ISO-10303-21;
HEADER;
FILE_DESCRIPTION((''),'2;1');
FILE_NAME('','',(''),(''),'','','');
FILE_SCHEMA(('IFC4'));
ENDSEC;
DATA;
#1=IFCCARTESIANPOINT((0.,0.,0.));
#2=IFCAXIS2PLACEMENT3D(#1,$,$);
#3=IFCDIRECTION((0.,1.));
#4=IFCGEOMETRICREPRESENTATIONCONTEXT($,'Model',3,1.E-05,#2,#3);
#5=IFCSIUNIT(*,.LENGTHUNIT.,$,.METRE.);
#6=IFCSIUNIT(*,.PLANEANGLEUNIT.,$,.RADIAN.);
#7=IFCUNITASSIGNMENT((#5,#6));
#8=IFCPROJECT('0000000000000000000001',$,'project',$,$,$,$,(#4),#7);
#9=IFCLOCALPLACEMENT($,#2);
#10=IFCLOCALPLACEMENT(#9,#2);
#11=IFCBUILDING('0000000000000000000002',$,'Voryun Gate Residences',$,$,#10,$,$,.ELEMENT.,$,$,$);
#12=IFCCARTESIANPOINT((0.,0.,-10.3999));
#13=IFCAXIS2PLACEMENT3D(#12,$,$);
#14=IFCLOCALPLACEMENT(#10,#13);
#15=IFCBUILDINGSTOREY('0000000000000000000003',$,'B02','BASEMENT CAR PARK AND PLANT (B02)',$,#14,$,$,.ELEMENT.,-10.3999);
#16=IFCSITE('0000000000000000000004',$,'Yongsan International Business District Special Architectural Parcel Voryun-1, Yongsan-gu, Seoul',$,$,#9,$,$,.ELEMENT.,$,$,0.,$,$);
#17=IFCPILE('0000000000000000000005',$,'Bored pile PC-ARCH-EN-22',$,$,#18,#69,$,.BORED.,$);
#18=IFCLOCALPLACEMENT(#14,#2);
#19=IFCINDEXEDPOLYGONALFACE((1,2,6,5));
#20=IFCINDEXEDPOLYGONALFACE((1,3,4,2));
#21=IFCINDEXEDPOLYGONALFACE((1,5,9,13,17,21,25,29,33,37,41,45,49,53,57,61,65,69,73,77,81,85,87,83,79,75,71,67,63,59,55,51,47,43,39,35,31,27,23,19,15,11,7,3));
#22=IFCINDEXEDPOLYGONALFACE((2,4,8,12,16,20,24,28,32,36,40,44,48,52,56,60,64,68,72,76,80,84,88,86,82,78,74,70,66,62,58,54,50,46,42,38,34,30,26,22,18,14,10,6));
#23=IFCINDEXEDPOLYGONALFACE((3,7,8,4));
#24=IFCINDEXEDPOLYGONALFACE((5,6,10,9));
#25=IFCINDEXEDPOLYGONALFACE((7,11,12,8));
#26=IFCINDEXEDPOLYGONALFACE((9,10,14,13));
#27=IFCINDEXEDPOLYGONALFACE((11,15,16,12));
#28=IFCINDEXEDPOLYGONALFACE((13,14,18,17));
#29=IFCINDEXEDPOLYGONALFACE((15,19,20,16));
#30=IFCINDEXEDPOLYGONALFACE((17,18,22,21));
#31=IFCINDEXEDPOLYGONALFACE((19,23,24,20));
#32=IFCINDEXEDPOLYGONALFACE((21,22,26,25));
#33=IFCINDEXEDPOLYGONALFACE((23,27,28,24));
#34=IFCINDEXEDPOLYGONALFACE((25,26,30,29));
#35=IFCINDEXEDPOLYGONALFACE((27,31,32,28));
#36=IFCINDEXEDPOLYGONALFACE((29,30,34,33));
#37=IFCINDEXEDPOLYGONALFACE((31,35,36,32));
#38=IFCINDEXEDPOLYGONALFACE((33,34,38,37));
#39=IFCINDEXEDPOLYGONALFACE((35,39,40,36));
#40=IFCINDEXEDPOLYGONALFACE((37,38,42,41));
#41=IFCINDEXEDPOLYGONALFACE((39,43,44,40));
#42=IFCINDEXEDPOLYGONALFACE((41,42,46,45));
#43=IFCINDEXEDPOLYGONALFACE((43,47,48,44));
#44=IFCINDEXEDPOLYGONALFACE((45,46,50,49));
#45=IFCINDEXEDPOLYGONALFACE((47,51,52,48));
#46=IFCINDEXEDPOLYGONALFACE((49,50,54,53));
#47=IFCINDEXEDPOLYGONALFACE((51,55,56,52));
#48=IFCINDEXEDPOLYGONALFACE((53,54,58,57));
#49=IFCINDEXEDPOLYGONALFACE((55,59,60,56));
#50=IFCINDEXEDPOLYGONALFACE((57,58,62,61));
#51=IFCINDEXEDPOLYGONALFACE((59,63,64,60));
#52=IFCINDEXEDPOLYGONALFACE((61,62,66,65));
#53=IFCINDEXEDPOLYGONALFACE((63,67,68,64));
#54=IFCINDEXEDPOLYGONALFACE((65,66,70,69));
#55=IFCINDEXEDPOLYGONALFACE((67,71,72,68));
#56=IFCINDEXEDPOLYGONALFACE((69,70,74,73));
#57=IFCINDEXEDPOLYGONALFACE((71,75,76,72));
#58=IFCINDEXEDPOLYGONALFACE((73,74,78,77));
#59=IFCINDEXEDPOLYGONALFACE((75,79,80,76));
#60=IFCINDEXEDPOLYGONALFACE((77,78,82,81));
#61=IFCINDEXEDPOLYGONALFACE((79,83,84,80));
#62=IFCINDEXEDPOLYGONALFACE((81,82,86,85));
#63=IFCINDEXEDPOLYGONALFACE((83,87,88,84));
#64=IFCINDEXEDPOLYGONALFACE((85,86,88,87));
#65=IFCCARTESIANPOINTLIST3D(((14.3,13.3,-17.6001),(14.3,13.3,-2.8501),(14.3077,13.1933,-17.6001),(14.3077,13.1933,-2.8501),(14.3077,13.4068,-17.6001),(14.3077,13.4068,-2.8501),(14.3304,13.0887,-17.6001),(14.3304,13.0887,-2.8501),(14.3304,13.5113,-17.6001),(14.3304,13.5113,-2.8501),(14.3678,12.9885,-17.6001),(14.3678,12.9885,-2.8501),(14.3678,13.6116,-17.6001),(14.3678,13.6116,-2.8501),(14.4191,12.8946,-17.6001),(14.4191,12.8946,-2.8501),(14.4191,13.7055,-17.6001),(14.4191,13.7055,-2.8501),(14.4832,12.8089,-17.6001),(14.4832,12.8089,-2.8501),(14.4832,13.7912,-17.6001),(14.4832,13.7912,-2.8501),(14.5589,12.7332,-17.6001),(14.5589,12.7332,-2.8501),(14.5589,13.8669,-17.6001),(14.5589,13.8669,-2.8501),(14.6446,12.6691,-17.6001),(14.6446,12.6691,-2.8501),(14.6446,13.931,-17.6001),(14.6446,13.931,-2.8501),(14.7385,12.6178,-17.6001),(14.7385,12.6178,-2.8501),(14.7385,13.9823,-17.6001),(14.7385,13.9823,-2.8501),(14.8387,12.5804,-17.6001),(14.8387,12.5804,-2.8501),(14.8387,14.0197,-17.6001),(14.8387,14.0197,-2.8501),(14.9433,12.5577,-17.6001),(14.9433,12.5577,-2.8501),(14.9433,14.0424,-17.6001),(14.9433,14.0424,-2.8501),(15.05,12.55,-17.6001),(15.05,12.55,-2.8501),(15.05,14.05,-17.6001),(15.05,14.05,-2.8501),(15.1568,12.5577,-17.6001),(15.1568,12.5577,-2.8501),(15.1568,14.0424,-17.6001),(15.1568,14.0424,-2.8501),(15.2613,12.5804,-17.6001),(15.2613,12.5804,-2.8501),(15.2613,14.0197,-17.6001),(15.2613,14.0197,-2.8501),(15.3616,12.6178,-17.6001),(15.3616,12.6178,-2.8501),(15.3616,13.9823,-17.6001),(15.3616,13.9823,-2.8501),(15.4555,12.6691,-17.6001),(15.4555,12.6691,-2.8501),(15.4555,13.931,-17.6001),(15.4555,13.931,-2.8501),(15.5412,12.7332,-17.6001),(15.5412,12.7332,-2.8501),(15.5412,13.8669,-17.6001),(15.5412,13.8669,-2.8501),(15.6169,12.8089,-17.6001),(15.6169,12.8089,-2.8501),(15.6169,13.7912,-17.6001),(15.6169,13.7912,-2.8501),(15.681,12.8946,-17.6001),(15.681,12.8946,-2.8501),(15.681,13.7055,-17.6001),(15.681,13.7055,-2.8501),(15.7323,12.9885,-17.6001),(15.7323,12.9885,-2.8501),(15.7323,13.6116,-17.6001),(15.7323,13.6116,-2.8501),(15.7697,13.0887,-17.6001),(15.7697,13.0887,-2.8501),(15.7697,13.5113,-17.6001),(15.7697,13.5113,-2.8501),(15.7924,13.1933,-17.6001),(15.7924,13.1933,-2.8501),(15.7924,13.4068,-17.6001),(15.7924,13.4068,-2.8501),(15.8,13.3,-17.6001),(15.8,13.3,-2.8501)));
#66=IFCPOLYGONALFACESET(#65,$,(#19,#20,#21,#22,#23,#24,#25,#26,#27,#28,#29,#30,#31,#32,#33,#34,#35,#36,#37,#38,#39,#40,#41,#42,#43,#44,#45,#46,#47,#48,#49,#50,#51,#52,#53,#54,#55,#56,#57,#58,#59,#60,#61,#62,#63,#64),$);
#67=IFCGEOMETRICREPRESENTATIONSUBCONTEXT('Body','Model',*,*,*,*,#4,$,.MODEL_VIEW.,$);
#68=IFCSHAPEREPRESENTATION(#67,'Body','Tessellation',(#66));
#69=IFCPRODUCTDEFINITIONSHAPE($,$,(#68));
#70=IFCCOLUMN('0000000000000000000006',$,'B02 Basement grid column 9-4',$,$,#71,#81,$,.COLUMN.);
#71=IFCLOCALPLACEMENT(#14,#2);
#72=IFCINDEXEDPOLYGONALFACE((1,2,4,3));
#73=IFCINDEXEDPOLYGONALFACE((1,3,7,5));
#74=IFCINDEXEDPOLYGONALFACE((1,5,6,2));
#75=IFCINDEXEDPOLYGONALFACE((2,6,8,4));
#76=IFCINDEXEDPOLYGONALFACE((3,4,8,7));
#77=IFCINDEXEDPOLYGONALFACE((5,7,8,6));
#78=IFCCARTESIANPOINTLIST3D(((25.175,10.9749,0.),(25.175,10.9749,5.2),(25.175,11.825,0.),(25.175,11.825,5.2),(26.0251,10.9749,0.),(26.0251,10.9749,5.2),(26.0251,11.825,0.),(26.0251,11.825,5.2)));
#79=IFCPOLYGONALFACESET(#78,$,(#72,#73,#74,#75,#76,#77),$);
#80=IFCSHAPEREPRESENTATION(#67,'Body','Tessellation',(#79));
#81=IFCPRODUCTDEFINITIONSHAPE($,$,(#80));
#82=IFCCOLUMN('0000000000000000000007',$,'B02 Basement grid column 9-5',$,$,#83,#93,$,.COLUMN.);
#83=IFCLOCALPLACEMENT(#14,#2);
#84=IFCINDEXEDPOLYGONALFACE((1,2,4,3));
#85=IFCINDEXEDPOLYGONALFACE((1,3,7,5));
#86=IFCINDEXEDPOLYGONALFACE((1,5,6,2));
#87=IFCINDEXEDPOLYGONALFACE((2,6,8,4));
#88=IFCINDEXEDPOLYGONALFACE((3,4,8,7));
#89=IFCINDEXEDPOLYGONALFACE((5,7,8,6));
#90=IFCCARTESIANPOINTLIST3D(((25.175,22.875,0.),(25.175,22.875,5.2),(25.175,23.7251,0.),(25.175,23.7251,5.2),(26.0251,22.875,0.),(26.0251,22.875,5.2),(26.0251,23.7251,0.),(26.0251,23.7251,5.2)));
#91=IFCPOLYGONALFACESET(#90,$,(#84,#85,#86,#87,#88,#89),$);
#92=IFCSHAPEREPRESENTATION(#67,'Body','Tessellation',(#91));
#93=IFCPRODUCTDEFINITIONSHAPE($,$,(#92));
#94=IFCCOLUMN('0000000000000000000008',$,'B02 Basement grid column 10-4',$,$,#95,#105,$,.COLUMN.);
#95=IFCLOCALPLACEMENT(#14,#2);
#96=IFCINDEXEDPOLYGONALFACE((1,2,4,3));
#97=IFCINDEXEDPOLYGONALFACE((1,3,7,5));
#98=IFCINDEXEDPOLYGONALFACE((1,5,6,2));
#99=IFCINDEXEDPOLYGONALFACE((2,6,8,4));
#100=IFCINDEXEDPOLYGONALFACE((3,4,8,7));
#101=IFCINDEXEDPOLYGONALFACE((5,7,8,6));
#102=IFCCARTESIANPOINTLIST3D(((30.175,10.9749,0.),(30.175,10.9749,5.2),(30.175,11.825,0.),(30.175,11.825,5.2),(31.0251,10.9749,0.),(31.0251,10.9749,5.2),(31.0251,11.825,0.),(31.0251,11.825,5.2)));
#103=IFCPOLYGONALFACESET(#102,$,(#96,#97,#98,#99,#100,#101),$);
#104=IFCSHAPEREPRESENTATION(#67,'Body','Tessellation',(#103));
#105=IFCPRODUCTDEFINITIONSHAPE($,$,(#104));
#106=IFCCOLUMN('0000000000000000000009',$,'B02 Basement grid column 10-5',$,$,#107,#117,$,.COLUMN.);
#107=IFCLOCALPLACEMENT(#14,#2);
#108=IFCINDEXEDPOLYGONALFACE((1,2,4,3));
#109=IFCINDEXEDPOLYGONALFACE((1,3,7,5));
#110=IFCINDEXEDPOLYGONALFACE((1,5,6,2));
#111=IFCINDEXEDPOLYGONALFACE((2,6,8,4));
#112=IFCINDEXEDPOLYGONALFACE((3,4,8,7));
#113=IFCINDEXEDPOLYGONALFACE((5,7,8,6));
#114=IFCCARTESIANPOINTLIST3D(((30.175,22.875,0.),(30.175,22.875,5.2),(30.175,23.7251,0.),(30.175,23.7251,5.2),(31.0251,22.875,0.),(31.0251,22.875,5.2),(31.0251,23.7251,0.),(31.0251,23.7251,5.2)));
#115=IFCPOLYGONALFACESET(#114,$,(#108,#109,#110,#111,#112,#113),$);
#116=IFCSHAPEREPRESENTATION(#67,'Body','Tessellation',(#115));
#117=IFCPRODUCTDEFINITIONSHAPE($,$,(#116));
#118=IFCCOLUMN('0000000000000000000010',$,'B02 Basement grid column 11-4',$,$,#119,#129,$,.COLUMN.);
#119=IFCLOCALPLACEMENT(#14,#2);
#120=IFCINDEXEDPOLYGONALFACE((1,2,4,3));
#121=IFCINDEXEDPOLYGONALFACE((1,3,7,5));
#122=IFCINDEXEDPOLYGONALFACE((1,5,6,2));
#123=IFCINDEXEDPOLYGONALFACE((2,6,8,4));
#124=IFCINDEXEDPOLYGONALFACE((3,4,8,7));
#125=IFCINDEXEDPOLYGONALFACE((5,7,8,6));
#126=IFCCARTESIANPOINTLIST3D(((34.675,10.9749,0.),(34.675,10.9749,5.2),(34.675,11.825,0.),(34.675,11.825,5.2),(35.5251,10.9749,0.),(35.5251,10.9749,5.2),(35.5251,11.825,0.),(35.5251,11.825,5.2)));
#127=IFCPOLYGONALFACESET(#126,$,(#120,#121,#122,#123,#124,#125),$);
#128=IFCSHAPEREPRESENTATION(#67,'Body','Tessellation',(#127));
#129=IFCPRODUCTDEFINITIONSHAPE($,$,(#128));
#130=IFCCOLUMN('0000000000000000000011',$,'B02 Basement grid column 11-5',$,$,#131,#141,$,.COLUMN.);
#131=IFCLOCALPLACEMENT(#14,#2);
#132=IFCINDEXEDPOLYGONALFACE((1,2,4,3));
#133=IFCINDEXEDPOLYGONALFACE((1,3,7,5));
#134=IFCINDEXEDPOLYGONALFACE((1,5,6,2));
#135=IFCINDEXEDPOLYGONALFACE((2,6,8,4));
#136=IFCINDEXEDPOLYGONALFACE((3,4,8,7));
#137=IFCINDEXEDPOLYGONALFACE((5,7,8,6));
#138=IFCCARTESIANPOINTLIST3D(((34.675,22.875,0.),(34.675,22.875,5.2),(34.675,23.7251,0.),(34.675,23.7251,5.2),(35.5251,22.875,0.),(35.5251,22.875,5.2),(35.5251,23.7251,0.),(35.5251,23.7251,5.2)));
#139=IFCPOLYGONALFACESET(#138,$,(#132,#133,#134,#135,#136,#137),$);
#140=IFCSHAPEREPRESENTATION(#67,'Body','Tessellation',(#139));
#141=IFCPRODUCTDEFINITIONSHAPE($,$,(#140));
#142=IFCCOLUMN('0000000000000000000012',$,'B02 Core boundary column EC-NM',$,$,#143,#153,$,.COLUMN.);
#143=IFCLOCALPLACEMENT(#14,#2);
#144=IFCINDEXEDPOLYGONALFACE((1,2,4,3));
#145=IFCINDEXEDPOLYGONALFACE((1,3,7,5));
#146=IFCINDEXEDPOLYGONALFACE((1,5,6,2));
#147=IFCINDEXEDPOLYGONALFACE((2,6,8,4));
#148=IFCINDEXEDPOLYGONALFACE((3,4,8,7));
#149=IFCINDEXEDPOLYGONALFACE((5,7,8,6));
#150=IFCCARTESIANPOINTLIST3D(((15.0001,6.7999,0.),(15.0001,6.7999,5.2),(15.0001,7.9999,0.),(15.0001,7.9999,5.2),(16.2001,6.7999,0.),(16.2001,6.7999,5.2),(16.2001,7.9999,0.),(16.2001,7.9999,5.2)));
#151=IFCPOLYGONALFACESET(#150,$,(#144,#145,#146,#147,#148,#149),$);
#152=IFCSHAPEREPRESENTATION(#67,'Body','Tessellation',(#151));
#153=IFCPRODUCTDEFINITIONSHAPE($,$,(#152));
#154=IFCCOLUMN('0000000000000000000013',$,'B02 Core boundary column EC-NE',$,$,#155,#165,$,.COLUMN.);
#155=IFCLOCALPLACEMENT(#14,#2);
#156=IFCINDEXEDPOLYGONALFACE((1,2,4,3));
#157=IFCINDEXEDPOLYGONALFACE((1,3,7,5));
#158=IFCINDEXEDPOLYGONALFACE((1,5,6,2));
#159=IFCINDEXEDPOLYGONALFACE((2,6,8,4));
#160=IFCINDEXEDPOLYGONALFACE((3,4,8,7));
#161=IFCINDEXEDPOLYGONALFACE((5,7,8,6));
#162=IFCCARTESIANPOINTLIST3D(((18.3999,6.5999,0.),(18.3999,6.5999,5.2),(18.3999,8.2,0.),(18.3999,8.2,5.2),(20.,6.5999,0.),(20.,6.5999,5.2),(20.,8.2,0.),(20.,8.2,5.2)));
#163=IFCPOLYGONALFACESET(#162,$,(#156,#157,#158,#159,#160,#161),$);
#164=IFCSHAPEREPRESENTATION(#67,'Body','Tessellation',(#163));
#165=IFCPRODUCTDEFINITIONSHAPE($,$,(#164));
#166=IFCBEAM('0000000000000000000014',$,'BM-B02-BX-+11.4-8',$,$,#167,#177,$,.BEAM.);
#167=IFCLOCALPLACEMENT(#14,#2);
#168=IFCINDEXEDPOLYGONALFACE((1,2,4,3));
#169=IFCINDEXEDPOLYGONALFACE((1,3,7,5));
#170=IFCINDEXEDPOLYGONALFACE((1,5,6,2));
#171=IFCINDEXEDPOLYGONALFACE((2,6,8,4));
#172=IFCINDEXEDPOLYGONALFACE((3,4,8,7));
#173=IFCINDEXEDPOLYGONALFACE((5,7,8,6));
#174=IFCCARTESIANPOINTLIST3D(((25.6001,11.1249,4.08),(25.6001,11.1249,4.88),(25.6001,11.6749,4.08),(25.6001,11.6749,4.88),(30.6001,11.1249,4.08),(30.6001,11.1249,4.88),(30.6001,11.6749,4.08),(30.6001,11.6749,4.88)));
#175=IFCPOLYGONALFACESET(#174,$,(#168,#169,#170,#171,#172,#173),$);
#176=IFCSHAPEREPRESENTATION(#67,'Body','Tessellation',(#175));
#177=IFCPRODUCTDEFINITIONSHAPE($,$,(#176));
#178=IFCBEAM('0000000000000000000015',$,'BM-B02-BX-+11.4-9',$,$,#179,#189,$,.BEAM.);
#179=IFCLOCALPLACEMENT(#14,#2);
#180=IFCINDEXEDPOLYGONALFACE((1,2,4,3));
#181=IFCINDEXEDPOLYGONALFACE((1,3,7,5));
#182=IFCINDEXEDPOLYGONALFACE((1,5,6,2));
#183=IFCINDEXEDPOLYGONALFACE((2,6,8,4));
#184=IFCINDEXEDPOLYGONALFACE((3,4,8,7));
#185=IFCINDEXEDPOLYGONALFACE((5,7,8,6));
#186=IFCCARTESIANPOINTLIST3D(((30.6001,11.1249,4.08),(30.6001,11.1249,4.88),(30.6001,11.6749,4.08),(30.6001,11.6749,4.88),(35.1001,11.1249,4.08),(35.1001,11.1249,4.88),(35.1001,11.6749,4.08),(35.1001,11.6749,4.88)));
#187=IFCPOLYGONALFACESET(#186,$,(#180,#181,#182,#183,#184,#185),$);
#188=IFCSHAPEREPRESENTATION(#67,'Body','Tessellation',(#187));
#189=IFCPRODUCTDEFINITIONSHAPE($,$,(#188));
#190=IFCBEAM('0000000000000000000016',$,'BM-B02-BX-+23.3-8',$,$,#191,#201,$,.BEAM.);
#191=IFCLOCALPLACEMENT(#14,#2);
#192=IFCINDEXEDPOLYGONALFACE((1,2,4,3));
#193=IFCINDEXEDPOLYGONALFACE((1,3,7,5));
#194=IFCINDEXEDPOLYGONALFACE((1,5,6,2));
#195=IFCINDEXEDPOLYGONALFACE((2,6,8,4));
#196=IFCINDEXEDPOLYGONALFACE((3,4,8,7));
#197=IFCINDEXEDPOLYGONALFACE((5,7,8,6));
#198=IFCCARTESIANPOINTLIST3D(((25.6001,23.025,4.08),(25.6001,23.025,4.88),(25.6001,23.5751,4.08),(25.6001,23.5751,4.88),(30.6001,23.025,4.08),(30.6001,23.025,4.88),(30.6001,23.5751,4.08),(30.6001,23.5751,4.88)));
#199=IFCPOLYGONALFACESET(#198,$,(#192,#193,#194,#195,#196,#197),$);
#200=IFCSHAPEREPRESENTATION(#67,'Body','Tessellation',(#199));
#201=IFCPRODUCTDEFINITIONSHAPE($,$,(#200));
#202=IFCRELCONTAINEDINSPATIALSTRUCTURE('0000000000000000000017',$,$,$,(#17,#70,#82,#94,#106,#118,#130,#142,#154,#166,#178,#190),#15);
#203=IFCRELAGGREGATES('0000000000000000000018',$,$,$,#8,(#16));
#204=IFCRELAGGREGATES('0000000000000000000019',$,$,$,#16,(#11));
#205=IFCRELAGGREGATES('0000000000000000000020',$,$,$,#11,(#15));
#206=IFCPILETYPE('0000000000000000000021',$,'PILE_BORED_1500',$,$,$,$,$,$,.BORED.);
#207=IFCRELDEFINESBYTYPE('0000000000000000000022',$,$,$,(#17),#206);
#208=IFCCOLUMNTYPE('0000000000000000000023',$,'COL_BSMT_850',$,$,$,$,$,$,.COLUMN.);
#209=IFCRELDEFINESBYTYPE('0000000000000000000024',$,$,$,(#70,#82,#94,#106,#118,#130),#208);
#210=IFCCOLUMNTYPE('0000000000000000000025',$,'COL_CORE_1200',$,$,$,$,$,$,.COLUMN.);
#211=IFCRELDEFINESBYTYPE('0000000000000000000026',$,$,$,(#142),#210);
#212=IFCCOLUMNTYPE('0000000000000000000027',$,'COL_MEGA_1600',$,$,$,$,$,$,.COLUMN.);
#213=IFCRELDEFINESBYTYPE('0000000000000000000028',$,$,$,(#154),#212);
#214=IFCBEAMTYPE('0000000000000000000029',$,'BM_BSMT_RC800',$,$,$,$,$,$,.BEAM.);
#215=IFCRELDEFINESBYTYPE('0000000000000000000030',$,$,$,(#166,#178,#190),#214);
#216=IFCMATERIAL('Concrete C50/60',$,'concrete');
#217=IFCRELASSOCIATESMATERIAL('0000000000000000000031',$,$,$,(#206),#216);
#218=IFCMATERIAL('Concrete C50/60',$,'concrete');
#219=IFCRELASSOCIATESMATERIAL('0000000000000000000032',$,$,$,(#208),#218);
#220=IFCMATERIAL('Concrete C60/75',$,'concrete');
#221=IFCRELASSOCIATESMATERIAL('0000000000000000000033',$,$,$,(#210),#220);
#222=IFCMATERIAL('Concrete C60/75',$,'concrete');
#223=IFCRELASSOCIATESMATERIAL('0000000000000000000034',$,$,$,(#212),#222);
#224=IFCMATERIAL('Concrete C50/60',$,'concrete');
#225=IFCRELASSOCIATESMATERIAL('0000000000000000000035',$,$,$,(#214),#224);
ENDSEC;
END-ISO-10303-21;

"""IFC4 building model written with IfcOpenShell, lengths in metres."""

from ifc_helpers import new_model, si_unit, direction, frame, origin, origin_2d, place, context, subcontext, project, spatial, rectangle, circle, extrude, material, material_profile, profile_set, type_object, element, save


model = new_model("IFC4")

# Units and contexts
model_context = context("Model", 3, precision=1e-05, world=origin(), true_north=direction((0.0, 1.0)))
body_context = subcontext(model_context, "Body", "Model", "MODEL_VIEW")
ifc_project = project(units=[si_unit("LENGTHUNIT", "METRE"), si_unit("PLANEANGLEUNIT", "RADIAN")], contexts=[model_context])

# Site, building, storey
site_placement = place(None, origin())
site = spatial("IfcSite", under=ifc_project, at=site_placement, Name="Yongsan International Business District Special Architectural Parcel Voryun-1, Yongsan-gu, Seoul", CompositionType="ELEMENT", RefElevation=0.0)
building_placement = place(site_placement, origin())
building = spatial("IfcBuilding", under=site, at=building_placement, Name="Voryun Gate Residences", CompositionType="ELEMENT")
storey_placement = place(building_placement, frame((0.0, 0.0, -10.3999)))
storey = spatial("IfcBuildingStorey", under=building, at=storey_placement, Name="B02", Description="BASEMENT CAR PARK AND PLANT (B02)", CompositionType="ELEMENT", Elevation=-10.3999)

# Pile
ifc_material_1 = material(Name="Concrete C50/60", Category="concrete")
ifc_material_profile_1 = material_profile(ifc_material_1, circle(Radius=0.75, at=origin_2d()), Name="PILE-D1500")
ifc_profile_set_1 = profile_set([ifc_material_profile_1], Name="Concrete C50/60")
pile_type_1 = type_object("IfcPileType", Name="PILE_BORED_1500", PredefinedType="BORED", material=ifc_profile_set_1)
pile_placement = place(storey_placement, frame((15.05, 13.3, -2.8501), z_axis=(0.0, 0.0, -1.0), x_axis=(1.0, 0.0, 0.0)))
element("IfcPile", 1, at=pile_placement, inside=storey, type_object=pile_type_1, Name="Bored pile PC-ARCH-EN-22", PredefinedType="BORED", context=body_context, shape_type="SweptSolid", body=[
    extrude(circle(Radius=0.75, at=origin_2d()), origin(), (0.0, 0.0, 1.0), 14.75),
])

# Columns
ifc_material_2 = material(Name="Concrete C50/60", Category="concrete")
ifc_material_profile_2 = material_profile(ifc_material_2, rectangle(XDim=0.8501, YDim=0.8501, at=origin_2d()), Name="RC-850x850")
ifc_profile_set_2 = profile_set([ifc_material_profile_2], Name="Concrete C50/60")
column_type_1 = type_object("IfcColumnType", Name="COL_BSMT_850", PredefinedType="COLUMN", material=ifc_profile_set_2)
for number, where, z_axis, x_axis, name in (
    (2, (25.6001, 11.3999, 0.0), (0.0, 0.0, 1.0), (1.0, 0.0, 0.0), "B02 Basement grid column 9-4"),
    (3, (25.6001, 23.3, 0.0), (0.0, 0.0, 1.0), (1.0, 0.0, 0.0), "B02 Basement grid column 9-5"),
    (4, (30.6001, 11.3999, 0.0), (0.0, 0.0, 1.0), (1.0, 0.0, 0.0), "B02 Basement grid column 10-4"),
    (5, (30.6001, 23.3, 0.0), (0.0, 0.0, 1.0), (1.0, 0.0, 0.0), "B02 Basement grid column 10-5"),
    (6, (35.1001, 11.3999, 0.0), (0.0, 0.0, 1.0), (1.0, 0.0, 0.0), "B02 Basement grid column 11-4"),
    (7, (35.1001, 23.3, 0.0), (0.0, 0.0, 1.0), (1.0, 0.0, 0.0), "B02 Basement grid column 11-5"),
):
    element("IfcColumn", number, at=place(storey_placement, frame(where, z_axis=z_axis, x_axis=x_axis)), inside=storey, type_object=column_type_1, Name=name, PredefinedType="COLUMN", context=body_context, shape_type="SweptSolid", body=[
        extrude(rectangle(XDim=0.8501, YDim=0.8501, at=origin_2d()), origin(), (0.0, 0.0, 1.0), 5.2),
    ])
ifc_material_3 = material(Name="Concrete C60/75", Category="concrete")
ifc_material_profile_3 = material_profile(ifc_material_3, rectangle(XDim=1.2, YDim=1.2, at=origin_2d()), Name="RC-1200x1200")
ifc_profile_set_3 = profile_set([ifc_material_profile_3], Name="Concrete C60/75")
column_type_2 = type_object("IfcColumnType", Name="COL_CORE_1200", PredefinedType="COLUMN", material=ifc_profile_set_3)
column_1_placement = place(storey_placement, frame((15.6001, 7.3999, 0.0), z_axis=(0.0, 0.0, 1.0), x_axis=(1.0, 0.0, 0.0)))
element("IfcColumn", 8, at=column_1_placement, inside=storey, type_object=column_type_2, Name="B02 Core boundary column EC-NM", PredefinedType="COLUMN", context=body_context, shape_type="SweptSolid", body=[
    extrude(rectangle(XDim=1.2, YDim=1.2, at=origin_2d()), origin(), (0.0, 0.0, 1.0), 5.2),
])
ifc_material_4 = material(Name="Concrete C60/75", Category="concrete")
ifc_material_profile_4 = material_profile(ifc_material_4, rectangle(XDim=1.6001, YDim=1.6001, at=origin_2d()), Name="RC-1600x1600")
ifc_profile_set_4 = profile_set([ifc_material_profile_4], Name="Concrete C60/75")
column_type_3 = type_object("IfcColumnType", Name="COL_MEGA_1600", PredefinedType="COLUMN", material=ifc_profile_set_4)
column_2_placement = place(storey_placement, frame((19.2, 7.3999, 0.0), z_axis=(0.0, 0.0, 1.0), x_axis=(1.0, 0.0, 0.0)))
element("IfcColumn", 9, at=column_2_placement, inside=storey, type_object=column_type_3, Name="B02 Core boundary column EC-NE", PredefinedType="COLUMN", context=body_context, shape_type="SweptSolid", body=[
    extrude(rectangle(XDim=1.6001, YDim=1.6001, at=origin_2d()), origin(), (0.0, 0.0, 1.0), 5.2),
])

# Beams
ifc_material_5 = material(Name="Concrete C50/60", Category="concrete")
ifc_material_profile_5 = material_profile(ifc_material_5, rectangle(XDim=0.55, YDim=0.8, at=origin_2d()), Name="RC-550x800")
ifc_profile_set_5 = profile_set([ifc_material_profile_5], Name="Concrete C50/60")
beam_type_1 = type_object("IfcBeamType", Name="BM_BSMT_RC800", PredefinedType="BEAM", material=ifc_profile_set_5)
beam_1_placement = place(storey_placement, frame((25.6001, 11.3999, 4.48), z_axis=(1.0, 0.0, 0.0), x_axis=(0.0, 1.0, 0.0)))
element("IfcBeam", 10, at=beam_1_placement, inside=storey, type_object=beam_type_1, Name="BM-B02-BX-+11.4-8", PredefinedType="BEAM", context=body_context, shape_type="SweptSolid", body=[
    extrude(rectangle(XDim=0.55, YDim=0.8, at=origin_2d()), origin(), (0.0, 0.0, 1.0), 5.0),
])
beam_2_placement = place(storey_placement, frame((30.6001, 11.3999, 4.48), z_axis=(1.0, 0.0, 0.0), x_axis=(0.0, 1.0, 0.0)))
element("IfcBeam", 11, at=beam_2_placement, inside=storey, type_object=beam_type_1, Name="BM-B02-BX-+11.4-9", PredefinedType="BEAM", context=body_context, shape_type="SweptSolid", body=[
    extrude(rectangle(XDim=0.55, YDim=0.8, at=origin_2d()), origin(), (0.0, 0.0, 1.0), 4.5),
])
beam_3_placement = place(storey_placement, frame((25.6001, 23.3, 4.48), z_axis=(1.0, 0.0, 0.0), x_axis=(0.0, 1.0, 0.0)))
element("IfcBeam", 12, at=beam_3_placement, inside=storey, type_object=beam_type_1, Name="BM-B02-BX-+23.3-8", PredefinedType="BEAM", context=body_context, shape_type="SweptSolid", body=[
    extrude(rectangle(XDim=0.55, YDim=0.8, at=origin_2d()), origin(), (0.0, 0.0, 1.0), 5.0),
])

save(model, "model.ifc")
